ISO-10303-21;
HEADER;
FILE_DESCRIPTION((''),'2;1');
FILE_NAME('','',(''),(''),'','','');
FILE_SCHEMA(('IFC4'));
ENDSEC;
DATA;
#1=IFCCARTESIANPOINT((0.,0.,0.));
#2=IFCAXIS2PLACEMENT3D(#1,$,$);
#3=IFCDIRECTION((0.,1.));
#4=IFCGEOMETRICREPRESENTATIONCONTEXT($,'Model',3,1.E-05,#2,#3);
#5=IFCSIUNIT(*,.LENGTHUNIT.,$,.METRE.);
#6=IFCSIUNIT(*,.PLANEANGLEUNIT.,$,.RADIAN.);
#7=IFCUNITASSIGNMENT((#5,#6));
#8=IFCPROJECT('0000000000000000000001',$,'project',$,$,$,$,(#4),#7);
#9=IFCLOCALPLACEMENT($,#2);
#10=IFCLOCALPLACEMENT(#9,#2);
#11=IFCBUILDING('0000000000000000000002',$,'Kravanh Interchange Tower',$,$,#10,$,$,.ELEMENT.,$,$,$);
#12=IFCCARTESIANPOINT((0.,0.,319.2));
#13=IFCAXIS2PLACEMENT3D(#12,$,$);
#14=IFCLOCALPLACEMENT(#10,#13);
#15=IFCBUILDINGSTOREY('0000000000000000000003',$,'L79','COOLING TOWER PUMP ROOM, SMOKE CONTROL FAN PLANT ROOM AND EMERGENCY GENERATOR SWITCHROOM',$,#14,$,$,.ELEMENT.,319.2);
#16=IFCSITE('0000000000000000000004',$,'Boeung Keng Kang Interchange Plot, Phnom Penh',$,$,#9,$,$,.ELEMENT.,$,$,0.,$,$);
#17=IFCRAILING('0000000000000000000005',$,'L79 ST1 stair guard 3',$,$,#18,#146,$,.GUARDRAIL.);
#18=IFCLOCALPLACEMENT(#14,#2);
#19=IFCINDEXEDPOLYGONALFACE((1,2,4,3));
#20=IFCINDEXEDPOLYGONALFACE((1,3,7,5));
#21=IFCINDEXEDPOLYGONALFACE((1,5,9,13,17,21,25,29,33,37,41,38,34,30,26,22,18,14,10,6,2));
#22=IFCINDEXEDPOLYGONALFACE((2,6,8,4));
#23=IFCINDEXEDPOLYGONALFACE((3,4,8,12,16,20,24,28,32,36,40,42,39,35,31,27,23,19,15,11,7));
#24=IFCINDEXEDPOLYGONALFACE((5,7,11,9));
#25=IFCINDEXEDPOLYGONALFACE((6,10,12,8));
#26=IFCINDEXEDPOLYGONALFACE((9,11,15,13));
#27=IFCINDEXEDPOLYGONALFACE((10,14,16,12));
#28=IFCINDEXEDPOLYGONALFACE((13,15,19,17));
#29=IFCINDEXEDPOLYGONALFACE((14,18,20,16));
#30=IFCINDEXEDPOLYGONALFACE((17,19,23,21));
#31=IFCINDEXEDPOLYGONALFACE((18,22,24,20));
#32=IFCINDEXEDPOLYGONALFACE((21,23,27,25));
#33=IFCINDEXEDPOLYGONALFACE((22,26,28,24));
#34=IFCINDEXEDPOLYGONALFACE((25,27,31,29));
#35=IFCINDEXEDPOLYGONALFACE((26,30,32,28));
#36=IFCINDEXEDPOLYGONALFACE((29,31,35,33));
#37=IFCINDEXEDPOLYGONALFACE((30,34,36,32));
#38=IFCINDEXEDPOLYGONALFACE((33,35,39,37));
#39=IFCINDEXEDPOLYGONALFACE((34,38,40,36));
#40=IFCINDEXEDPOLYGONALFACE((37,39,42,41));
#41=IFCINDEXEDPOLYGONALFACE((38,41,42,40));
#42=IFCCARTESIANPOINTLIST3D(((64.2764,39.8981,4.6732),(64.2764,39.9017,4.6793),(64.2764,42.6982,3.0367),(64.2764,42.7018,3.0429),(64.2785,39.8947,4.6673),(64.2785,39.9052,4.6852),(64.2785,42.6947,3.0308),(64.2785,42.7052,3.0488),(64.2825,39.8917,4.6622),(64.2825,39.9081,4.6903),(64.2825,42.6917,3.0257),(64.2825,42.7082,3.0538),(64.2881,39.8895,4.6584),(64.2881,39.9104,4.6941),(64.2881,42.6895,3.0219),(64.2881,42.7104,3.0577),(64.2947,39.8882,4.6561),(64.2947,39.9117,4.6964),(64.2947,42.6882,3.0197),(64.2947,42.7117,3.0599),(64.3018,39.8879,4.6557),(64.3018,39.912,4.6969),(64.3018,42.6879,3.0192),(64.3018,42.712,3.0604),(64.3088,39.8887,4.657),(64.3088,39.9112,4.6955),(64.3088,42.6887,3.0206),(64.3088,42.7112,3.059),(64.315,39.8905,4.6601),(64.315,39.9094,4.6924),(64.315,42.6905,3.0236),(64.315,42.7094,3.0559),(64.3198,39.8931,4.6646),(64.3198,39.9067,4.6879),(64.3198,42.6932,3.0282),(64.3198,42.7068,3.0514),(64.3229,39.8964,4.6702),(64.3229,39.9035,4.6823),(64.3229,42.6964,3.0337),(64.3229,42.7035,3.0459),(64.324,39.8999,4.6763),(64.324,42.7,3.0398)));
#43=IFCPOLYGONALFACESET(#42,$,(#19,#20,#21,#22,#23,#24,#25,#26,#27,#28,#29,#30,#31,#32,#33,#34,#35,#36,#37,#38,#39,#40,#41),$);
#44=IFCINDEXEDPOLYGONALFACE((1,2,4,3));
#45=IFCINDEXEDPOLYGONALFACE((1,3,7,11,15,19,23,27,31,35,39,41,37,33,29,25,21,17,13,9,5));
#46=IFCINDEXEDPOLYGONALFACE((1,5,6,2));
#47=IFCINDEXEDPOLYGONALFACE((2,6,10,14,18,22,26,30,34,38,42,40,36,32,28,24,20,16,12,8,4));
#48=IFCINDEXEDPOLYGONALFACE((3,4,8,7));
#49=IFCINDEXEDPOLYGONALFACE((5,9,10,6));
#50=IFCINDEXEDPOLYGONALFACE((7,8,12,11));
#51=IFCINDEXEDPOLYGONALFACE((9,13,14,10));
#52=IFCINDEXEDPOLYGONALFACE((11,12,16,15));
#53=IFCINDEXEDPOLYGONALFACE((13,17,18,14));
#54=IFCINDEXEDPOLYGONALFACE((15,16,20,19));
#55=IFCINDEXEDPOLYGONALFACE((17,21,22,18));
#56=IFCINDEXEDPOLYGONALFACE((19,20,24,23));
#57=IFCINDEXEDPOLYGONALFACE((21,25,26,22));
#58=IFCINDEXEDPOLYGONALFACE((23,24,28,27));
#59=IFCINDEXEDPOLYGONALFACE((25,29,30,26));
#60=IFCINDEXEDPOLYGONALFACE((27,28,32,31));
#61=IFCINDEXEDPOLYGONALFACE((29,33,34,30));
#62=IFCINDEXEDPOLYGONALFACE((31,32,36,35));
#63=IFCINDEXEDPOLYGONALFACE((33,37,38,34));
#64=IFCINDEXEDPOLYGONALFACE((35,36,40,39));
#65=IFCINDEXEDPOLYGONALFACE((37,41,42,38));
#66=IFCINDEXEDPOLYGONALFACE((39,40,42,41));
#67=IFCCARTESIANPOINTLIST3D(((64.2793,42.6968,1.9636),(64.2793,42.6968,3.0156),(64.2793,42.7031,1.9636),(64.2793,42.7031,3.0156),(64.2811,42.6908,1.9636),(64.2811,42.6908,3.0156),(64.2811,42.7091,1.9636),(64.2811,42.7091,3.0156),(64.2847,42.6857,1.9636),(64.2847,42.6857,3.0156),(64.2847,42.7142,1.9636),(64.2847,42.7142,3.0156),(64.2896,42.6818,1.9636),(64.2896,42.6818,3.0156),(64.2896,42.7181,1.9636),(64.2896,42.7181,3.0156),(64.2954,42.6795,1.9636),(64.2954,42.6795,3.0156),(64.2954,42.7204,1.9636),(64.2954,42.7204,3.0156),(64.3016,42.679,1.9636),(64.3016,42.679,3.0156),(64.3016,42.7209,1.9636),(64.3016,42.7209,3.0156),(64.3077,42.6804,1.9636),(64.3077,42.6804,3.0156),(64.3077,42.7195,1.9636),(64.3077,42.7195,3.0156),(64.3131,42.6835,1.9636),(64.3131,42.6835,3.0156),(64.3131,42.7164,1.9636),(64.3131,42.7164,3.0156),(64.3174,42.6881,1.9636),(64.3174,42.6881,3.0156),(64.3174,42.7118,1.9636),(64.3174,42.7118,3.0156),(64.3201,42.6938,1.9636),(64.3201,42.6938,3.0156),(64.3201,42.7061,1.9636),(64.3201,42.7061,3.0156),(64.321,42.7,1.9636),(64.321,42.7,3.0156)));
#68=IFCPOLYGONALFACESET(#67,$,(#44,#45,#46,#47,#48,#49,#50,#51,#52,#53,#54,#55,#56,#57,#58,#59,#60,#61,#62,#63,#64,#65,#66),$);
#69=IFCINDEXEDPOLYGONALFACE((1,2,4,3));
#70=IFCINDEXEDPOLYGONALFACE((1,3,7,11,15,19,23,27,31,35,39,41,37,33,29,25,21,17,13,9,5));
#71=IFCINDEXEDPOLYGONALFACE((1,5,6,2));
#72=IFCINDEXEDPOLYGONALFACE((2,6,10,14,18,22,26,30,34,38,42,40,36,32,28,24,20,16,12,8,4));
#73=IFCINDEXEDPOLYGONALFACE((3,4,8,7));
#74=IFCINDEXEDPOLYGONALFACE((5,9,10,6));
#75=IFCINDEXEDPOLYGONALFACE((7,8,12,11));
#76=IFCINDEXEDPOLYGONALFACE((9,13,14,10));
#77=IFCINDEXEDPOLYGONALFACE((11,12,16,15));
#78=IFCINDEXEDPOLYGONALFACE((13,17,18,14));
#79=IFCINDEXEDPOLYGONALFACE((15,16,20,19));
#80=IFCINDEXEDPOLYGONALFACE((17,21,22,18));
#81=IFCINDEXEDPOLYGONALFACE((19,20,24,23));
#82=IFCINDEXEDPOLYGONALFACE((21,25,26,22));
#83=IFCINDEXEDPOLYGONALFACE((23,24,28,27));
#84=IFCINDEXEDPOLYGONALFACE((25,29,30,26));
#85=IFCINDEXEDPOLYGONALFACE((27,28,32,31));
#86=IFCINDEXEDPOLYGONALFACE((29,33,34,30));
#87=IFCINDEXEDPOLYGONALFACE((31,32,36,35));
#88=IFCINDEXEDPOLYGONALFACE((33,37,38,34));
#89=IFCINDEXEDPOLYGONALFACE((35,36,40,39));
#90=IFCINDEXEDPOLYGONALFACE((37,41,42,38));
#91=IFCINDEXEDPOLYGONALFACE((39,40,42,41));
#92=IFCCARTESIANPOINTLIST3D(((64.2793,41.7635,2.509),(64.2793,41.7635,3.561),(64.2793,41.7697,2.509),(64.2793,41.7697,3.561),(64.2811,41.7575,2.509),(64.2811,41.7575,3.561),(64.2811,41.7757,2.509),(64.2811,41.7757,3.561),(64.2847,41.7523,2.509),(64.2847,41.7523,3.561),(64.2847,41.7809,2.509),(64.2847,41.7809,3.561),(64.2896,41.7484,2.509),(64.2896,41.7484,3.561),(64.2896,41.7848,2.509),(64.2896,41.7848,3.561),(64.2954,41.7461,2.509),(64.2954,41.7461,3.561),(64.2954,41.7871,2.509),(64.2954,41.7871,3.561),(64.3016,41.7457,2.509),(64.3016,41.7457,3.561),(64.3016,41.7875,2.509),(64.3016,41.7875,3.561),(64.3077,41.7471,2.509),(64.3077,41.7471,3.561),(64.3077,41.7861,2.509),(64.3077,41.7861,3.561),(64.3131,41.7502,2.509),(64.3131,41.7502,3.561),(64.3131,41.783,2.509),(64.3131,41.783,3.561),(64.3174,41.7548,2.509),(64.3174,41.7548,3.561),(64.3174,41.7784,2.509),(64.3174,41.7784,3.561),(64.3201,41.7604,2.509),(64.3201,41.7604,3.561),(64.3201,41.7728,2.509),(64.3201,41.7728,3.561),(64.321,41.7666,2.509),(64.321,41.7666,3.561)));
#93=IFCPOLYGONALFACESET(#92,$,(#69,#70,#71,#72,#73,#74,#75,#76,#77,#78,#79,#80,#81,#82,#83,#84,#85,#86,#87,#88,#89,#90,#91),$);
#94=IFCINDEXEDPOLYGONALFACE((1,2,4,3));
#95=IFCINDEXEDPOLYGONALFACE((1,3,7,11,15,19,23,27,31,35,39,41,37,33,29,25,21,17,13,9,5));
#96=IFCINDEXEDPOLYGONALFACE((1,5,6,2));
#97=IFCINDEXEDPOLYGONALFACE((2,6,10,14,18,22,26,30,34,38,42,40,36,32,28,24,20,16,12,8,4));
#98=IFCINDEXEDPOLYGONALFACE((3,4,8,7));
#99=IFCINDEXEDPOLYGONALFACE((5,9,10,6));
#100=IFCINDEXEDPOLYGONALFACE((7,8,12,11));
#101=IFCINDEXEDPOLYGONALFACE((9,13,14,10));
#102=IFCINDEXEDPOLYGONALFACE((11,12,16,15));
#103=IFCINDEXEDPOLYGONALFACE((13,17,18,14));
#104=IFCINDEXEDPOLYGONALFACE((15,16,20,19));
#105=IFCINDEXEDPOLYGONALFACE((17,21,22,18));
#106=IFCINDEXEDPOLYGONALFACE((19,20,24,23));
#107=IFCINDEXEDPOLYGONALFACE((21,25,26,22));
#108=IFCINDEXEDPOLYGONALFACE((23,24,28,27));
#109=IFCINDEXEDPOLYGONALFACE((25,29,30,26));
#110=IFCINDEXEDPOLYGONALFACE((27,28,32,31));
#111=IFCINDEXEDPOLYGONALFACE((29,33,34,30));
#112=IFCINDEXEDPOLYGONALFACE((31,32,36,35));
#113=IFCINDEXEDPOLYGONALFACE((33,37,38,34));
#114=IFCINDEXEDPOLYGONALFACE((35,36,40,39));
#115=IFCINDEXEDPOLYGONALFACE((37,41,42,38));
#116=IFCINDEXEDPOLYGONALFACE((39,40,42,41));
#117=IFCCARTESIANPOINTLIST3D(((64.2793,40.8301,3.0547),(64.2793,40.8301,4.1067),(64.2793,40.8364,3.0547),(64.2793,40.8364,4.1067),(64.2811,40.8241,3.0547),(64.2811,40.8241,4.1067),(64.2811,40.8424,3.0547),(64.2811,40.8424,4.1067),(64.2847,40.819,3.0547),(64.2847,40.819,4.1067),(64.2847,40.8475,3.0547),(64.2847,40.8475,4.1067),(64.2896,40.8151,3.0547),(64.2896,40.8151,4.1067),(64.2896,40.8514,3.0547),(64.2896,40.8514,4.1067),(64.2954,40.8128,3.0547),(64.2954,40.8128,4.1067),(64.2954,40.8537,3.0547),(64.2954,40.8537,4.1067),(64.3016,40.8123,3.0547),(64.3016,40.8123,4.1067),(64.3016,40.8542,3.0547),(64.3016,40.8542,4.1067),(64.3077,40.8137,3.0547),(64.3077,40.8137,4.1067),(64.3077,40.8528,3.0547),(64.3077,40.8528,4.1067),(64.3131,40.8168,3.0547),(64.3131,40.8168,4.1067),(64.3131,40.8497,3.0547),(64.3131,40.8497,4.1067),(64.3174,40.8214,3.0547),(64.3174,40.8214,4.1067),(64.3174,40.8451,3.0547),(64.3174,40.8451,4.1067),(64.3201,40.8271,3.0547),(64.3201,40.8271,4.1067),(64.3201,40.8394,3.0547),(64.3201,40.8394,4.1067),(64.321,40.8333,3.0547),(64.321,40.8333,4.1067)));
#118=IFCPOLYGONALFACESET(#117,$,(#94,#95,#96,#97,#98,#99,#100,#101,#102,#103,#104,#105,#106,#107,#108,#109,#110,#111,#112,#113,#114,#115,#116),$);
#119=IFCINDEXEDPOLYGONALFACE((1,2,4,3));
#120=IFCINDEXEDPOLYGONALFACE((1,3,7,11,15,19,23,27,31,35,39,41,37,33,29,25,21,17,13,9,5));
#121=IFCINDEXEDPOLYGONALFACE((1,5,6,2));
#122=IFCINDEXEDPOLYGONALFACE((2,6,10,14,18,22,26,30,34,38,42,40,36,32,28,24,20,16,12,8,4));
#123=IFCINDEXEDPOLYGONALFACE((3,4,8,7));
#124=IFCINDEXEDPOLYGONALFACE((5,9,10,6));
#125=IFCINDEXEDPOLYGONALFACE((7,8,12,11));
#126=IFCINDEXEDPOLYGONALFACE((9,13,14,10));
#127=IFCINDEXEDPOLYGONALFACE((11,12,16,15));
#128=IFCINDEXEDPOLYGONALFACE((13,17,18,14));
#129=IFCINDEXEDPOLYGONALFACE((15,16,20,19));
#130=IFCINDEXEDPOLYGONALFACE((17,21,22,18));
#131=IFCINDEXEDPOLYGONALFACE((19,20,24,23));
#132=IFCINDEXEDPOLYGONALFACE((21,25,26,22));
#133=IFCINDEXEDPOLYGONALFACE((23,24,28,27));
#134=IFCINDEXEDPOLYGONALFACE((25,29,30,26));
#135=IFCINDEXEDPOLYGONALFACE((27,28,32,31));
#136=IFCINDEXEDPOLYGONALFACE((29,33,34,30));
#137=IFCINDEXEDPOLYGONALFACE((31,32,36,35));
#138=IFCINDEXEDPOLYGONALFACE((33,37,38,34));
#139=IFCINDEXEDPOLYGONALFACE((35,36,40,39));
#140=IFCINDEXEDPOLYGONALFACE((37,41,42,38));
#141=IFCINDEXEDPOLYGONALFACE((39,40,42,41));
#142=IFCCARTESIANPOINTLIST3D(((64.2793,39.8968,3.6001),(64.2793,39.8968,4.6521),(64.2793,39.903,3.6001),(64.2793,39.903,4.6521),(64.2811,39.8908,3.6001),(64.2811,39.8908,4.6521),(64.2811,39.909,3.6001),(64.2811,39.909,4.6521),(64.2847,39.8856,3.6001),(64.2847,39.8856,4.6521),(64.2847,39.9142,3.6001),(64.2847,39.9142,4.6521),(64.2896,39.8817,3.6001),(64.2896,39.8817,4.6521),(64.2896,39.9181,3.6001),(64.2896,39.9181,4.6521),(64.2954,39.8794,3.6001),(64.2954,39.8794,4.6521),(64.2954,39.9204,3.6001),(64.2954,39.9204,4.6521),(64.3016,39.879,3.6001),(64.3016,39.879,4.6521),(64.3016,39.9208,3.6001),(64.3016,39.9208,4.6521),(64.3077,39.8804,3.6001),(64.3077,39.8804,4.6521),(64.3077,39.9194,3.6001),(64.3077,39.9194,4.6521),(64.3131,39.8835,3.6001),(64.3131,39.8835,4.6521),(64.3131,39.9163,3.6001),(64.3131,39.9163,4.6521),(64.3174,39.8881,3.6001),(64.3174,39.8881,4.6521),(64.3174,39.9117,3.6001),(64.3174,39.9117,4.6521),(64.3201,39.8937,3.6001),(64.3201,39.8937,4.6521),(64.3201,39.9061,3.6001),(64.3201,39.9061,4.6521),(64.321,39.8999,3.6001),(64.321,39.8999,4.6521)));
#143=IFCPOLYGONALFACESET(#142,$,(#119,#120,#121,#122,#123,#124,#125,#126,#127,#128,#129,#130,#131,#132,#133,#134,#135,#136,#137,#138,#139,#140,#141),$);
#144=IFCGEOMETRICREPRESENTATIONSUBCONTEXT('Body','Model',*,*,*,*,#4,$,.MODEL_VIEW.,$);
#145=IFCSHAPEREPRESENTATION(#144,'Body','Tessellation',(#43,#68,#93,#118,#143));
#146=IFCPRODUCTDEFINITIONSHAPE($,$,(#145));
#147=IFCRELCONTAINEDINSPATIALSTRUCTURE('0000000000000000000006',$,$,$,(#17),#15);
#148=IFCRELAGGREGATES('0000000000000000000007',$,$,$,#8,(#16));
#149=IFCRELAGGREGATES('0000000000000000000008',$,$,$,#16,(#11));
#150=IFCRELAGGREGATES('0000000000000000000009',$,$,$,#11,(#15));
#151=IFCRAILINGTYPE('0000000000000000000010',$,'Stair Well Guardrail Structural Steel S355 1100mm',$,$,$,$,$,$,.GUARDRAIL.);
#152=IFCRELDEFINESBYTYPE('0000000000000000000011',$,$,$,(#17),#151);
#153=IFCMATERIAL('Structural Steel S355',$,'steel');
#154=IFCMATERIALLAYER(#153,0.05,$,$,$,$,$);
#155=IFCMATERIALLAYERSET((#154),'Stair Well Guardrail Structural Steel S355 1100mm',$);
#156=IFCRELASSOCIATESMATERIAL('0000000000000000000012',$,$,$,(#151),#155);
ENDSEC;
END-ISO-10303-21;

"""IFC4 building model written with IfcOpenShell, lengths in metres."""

from ifc_helpers import new_model, si_unit, direction, frame, origin, origin_2d, place, context, subcontext, project, spatial, circle, extrude, material, layer, layer_set, type_object, element, save


model = new_model("IFC4")

# Units and contexts
model_context = context("Model", 3, precision=1e-05, world=origin(), true_north=direction((0.0, 1.0)))
body_context = subcontext(model_context, "Body", "Model", "MODEL_VIEW")
ifc_project = project(units=[si_unit("LENGTHUNIT", "METRE"), si_unit("PLANEANGLEUNIT", "RADIAN")], contexts=[model_context])

# Site, building, storey
site_placement = place(None, origin())
site = spatial("IfcSite", under=ifc_project, at=site_placement, Name="Boeung Keng Kang Interchange Plot, Phnom Penh", CompositionType="ELEMENT", RefElevation=0.0)
building_placement = place(site_placement, origin())
building = spatial("IfcBuilding", under=site, at=building_placement, Name="Kravanh Interchange Tower", CompositionType="ELEMENT")
storey_placement = place(building_placement, frame((0.0, 0.0, 319.2)))
storey = spatial("IfcBuildingStorey", under=building, at=storey_placement, Name="L79", Description="COOLING TOWER PUMP ROOM, SMOKE CONTROL FAN PLANT ROOM AND EMERGENCY GENERATOR SWITCHROOM", CompositionType="ELEMENT", Elevation=319.2)

# Railing
ifc_material_1 = material(Name="Structural Steel S355", Category="steel")
ifc_layer_1 = layer(ifc_material_1, 0.05)
ifc_layer_set_1 = layer_set([ifc_layer_1], Name="Stair Well Guardrail Structural Steel S355 1100mm")
railing_type_1 = type_object("IfcRailingType", Name="Stair Well Guardrail Structural Steel S355 1100mm", PredefinedType="GUARDRAIL", material=ifc_layer_set_1)
railing_1_placement = place(storey_placement, frame((64.3, 42.7, 1.9636)))
element("IfcRailing", 1, at=railing_1_placement, inside=storey, type_object=railing_type_1, Name="L79 ST1 stair guard 3", PredefinedType="GUARDRAIL", context=body_context, shape_type="SweptSolid", body=[
    extrude(circle(Radius=0.0239, at=origin_2d()), frame((0.0, 0.0, 1.0762), z_axis=(0.0, -0.863361, 0.504587), x_axis=(1.0, 0.0, 0.0)), (0.0, 0.0, 1.0), 3.2432),
    extrude(circle(Radius=0.021, at=origin_2d()), origin(), (0.0, 0.0, 1.0), 1.052),
    extrude(circle(Radius=0.021, at=origin_2d()), frame((0.0, -0.9333, 0.5454)), (0.0, 0.0, 1.0), 1.052),
    extrude(circle(Radius=0.021, at=origin_2d()), frame((0.0, -1.8667, 1.0911)), (0.0, 0.0, 1.0), 1.052),
    extrude(circle(Radius=0.021, at=origin_2d()), frame((0.0, -2.8, 1.6365)), (0.0, 0.0, 1.0), 1.052),
])

save(model, "model.ifc")
